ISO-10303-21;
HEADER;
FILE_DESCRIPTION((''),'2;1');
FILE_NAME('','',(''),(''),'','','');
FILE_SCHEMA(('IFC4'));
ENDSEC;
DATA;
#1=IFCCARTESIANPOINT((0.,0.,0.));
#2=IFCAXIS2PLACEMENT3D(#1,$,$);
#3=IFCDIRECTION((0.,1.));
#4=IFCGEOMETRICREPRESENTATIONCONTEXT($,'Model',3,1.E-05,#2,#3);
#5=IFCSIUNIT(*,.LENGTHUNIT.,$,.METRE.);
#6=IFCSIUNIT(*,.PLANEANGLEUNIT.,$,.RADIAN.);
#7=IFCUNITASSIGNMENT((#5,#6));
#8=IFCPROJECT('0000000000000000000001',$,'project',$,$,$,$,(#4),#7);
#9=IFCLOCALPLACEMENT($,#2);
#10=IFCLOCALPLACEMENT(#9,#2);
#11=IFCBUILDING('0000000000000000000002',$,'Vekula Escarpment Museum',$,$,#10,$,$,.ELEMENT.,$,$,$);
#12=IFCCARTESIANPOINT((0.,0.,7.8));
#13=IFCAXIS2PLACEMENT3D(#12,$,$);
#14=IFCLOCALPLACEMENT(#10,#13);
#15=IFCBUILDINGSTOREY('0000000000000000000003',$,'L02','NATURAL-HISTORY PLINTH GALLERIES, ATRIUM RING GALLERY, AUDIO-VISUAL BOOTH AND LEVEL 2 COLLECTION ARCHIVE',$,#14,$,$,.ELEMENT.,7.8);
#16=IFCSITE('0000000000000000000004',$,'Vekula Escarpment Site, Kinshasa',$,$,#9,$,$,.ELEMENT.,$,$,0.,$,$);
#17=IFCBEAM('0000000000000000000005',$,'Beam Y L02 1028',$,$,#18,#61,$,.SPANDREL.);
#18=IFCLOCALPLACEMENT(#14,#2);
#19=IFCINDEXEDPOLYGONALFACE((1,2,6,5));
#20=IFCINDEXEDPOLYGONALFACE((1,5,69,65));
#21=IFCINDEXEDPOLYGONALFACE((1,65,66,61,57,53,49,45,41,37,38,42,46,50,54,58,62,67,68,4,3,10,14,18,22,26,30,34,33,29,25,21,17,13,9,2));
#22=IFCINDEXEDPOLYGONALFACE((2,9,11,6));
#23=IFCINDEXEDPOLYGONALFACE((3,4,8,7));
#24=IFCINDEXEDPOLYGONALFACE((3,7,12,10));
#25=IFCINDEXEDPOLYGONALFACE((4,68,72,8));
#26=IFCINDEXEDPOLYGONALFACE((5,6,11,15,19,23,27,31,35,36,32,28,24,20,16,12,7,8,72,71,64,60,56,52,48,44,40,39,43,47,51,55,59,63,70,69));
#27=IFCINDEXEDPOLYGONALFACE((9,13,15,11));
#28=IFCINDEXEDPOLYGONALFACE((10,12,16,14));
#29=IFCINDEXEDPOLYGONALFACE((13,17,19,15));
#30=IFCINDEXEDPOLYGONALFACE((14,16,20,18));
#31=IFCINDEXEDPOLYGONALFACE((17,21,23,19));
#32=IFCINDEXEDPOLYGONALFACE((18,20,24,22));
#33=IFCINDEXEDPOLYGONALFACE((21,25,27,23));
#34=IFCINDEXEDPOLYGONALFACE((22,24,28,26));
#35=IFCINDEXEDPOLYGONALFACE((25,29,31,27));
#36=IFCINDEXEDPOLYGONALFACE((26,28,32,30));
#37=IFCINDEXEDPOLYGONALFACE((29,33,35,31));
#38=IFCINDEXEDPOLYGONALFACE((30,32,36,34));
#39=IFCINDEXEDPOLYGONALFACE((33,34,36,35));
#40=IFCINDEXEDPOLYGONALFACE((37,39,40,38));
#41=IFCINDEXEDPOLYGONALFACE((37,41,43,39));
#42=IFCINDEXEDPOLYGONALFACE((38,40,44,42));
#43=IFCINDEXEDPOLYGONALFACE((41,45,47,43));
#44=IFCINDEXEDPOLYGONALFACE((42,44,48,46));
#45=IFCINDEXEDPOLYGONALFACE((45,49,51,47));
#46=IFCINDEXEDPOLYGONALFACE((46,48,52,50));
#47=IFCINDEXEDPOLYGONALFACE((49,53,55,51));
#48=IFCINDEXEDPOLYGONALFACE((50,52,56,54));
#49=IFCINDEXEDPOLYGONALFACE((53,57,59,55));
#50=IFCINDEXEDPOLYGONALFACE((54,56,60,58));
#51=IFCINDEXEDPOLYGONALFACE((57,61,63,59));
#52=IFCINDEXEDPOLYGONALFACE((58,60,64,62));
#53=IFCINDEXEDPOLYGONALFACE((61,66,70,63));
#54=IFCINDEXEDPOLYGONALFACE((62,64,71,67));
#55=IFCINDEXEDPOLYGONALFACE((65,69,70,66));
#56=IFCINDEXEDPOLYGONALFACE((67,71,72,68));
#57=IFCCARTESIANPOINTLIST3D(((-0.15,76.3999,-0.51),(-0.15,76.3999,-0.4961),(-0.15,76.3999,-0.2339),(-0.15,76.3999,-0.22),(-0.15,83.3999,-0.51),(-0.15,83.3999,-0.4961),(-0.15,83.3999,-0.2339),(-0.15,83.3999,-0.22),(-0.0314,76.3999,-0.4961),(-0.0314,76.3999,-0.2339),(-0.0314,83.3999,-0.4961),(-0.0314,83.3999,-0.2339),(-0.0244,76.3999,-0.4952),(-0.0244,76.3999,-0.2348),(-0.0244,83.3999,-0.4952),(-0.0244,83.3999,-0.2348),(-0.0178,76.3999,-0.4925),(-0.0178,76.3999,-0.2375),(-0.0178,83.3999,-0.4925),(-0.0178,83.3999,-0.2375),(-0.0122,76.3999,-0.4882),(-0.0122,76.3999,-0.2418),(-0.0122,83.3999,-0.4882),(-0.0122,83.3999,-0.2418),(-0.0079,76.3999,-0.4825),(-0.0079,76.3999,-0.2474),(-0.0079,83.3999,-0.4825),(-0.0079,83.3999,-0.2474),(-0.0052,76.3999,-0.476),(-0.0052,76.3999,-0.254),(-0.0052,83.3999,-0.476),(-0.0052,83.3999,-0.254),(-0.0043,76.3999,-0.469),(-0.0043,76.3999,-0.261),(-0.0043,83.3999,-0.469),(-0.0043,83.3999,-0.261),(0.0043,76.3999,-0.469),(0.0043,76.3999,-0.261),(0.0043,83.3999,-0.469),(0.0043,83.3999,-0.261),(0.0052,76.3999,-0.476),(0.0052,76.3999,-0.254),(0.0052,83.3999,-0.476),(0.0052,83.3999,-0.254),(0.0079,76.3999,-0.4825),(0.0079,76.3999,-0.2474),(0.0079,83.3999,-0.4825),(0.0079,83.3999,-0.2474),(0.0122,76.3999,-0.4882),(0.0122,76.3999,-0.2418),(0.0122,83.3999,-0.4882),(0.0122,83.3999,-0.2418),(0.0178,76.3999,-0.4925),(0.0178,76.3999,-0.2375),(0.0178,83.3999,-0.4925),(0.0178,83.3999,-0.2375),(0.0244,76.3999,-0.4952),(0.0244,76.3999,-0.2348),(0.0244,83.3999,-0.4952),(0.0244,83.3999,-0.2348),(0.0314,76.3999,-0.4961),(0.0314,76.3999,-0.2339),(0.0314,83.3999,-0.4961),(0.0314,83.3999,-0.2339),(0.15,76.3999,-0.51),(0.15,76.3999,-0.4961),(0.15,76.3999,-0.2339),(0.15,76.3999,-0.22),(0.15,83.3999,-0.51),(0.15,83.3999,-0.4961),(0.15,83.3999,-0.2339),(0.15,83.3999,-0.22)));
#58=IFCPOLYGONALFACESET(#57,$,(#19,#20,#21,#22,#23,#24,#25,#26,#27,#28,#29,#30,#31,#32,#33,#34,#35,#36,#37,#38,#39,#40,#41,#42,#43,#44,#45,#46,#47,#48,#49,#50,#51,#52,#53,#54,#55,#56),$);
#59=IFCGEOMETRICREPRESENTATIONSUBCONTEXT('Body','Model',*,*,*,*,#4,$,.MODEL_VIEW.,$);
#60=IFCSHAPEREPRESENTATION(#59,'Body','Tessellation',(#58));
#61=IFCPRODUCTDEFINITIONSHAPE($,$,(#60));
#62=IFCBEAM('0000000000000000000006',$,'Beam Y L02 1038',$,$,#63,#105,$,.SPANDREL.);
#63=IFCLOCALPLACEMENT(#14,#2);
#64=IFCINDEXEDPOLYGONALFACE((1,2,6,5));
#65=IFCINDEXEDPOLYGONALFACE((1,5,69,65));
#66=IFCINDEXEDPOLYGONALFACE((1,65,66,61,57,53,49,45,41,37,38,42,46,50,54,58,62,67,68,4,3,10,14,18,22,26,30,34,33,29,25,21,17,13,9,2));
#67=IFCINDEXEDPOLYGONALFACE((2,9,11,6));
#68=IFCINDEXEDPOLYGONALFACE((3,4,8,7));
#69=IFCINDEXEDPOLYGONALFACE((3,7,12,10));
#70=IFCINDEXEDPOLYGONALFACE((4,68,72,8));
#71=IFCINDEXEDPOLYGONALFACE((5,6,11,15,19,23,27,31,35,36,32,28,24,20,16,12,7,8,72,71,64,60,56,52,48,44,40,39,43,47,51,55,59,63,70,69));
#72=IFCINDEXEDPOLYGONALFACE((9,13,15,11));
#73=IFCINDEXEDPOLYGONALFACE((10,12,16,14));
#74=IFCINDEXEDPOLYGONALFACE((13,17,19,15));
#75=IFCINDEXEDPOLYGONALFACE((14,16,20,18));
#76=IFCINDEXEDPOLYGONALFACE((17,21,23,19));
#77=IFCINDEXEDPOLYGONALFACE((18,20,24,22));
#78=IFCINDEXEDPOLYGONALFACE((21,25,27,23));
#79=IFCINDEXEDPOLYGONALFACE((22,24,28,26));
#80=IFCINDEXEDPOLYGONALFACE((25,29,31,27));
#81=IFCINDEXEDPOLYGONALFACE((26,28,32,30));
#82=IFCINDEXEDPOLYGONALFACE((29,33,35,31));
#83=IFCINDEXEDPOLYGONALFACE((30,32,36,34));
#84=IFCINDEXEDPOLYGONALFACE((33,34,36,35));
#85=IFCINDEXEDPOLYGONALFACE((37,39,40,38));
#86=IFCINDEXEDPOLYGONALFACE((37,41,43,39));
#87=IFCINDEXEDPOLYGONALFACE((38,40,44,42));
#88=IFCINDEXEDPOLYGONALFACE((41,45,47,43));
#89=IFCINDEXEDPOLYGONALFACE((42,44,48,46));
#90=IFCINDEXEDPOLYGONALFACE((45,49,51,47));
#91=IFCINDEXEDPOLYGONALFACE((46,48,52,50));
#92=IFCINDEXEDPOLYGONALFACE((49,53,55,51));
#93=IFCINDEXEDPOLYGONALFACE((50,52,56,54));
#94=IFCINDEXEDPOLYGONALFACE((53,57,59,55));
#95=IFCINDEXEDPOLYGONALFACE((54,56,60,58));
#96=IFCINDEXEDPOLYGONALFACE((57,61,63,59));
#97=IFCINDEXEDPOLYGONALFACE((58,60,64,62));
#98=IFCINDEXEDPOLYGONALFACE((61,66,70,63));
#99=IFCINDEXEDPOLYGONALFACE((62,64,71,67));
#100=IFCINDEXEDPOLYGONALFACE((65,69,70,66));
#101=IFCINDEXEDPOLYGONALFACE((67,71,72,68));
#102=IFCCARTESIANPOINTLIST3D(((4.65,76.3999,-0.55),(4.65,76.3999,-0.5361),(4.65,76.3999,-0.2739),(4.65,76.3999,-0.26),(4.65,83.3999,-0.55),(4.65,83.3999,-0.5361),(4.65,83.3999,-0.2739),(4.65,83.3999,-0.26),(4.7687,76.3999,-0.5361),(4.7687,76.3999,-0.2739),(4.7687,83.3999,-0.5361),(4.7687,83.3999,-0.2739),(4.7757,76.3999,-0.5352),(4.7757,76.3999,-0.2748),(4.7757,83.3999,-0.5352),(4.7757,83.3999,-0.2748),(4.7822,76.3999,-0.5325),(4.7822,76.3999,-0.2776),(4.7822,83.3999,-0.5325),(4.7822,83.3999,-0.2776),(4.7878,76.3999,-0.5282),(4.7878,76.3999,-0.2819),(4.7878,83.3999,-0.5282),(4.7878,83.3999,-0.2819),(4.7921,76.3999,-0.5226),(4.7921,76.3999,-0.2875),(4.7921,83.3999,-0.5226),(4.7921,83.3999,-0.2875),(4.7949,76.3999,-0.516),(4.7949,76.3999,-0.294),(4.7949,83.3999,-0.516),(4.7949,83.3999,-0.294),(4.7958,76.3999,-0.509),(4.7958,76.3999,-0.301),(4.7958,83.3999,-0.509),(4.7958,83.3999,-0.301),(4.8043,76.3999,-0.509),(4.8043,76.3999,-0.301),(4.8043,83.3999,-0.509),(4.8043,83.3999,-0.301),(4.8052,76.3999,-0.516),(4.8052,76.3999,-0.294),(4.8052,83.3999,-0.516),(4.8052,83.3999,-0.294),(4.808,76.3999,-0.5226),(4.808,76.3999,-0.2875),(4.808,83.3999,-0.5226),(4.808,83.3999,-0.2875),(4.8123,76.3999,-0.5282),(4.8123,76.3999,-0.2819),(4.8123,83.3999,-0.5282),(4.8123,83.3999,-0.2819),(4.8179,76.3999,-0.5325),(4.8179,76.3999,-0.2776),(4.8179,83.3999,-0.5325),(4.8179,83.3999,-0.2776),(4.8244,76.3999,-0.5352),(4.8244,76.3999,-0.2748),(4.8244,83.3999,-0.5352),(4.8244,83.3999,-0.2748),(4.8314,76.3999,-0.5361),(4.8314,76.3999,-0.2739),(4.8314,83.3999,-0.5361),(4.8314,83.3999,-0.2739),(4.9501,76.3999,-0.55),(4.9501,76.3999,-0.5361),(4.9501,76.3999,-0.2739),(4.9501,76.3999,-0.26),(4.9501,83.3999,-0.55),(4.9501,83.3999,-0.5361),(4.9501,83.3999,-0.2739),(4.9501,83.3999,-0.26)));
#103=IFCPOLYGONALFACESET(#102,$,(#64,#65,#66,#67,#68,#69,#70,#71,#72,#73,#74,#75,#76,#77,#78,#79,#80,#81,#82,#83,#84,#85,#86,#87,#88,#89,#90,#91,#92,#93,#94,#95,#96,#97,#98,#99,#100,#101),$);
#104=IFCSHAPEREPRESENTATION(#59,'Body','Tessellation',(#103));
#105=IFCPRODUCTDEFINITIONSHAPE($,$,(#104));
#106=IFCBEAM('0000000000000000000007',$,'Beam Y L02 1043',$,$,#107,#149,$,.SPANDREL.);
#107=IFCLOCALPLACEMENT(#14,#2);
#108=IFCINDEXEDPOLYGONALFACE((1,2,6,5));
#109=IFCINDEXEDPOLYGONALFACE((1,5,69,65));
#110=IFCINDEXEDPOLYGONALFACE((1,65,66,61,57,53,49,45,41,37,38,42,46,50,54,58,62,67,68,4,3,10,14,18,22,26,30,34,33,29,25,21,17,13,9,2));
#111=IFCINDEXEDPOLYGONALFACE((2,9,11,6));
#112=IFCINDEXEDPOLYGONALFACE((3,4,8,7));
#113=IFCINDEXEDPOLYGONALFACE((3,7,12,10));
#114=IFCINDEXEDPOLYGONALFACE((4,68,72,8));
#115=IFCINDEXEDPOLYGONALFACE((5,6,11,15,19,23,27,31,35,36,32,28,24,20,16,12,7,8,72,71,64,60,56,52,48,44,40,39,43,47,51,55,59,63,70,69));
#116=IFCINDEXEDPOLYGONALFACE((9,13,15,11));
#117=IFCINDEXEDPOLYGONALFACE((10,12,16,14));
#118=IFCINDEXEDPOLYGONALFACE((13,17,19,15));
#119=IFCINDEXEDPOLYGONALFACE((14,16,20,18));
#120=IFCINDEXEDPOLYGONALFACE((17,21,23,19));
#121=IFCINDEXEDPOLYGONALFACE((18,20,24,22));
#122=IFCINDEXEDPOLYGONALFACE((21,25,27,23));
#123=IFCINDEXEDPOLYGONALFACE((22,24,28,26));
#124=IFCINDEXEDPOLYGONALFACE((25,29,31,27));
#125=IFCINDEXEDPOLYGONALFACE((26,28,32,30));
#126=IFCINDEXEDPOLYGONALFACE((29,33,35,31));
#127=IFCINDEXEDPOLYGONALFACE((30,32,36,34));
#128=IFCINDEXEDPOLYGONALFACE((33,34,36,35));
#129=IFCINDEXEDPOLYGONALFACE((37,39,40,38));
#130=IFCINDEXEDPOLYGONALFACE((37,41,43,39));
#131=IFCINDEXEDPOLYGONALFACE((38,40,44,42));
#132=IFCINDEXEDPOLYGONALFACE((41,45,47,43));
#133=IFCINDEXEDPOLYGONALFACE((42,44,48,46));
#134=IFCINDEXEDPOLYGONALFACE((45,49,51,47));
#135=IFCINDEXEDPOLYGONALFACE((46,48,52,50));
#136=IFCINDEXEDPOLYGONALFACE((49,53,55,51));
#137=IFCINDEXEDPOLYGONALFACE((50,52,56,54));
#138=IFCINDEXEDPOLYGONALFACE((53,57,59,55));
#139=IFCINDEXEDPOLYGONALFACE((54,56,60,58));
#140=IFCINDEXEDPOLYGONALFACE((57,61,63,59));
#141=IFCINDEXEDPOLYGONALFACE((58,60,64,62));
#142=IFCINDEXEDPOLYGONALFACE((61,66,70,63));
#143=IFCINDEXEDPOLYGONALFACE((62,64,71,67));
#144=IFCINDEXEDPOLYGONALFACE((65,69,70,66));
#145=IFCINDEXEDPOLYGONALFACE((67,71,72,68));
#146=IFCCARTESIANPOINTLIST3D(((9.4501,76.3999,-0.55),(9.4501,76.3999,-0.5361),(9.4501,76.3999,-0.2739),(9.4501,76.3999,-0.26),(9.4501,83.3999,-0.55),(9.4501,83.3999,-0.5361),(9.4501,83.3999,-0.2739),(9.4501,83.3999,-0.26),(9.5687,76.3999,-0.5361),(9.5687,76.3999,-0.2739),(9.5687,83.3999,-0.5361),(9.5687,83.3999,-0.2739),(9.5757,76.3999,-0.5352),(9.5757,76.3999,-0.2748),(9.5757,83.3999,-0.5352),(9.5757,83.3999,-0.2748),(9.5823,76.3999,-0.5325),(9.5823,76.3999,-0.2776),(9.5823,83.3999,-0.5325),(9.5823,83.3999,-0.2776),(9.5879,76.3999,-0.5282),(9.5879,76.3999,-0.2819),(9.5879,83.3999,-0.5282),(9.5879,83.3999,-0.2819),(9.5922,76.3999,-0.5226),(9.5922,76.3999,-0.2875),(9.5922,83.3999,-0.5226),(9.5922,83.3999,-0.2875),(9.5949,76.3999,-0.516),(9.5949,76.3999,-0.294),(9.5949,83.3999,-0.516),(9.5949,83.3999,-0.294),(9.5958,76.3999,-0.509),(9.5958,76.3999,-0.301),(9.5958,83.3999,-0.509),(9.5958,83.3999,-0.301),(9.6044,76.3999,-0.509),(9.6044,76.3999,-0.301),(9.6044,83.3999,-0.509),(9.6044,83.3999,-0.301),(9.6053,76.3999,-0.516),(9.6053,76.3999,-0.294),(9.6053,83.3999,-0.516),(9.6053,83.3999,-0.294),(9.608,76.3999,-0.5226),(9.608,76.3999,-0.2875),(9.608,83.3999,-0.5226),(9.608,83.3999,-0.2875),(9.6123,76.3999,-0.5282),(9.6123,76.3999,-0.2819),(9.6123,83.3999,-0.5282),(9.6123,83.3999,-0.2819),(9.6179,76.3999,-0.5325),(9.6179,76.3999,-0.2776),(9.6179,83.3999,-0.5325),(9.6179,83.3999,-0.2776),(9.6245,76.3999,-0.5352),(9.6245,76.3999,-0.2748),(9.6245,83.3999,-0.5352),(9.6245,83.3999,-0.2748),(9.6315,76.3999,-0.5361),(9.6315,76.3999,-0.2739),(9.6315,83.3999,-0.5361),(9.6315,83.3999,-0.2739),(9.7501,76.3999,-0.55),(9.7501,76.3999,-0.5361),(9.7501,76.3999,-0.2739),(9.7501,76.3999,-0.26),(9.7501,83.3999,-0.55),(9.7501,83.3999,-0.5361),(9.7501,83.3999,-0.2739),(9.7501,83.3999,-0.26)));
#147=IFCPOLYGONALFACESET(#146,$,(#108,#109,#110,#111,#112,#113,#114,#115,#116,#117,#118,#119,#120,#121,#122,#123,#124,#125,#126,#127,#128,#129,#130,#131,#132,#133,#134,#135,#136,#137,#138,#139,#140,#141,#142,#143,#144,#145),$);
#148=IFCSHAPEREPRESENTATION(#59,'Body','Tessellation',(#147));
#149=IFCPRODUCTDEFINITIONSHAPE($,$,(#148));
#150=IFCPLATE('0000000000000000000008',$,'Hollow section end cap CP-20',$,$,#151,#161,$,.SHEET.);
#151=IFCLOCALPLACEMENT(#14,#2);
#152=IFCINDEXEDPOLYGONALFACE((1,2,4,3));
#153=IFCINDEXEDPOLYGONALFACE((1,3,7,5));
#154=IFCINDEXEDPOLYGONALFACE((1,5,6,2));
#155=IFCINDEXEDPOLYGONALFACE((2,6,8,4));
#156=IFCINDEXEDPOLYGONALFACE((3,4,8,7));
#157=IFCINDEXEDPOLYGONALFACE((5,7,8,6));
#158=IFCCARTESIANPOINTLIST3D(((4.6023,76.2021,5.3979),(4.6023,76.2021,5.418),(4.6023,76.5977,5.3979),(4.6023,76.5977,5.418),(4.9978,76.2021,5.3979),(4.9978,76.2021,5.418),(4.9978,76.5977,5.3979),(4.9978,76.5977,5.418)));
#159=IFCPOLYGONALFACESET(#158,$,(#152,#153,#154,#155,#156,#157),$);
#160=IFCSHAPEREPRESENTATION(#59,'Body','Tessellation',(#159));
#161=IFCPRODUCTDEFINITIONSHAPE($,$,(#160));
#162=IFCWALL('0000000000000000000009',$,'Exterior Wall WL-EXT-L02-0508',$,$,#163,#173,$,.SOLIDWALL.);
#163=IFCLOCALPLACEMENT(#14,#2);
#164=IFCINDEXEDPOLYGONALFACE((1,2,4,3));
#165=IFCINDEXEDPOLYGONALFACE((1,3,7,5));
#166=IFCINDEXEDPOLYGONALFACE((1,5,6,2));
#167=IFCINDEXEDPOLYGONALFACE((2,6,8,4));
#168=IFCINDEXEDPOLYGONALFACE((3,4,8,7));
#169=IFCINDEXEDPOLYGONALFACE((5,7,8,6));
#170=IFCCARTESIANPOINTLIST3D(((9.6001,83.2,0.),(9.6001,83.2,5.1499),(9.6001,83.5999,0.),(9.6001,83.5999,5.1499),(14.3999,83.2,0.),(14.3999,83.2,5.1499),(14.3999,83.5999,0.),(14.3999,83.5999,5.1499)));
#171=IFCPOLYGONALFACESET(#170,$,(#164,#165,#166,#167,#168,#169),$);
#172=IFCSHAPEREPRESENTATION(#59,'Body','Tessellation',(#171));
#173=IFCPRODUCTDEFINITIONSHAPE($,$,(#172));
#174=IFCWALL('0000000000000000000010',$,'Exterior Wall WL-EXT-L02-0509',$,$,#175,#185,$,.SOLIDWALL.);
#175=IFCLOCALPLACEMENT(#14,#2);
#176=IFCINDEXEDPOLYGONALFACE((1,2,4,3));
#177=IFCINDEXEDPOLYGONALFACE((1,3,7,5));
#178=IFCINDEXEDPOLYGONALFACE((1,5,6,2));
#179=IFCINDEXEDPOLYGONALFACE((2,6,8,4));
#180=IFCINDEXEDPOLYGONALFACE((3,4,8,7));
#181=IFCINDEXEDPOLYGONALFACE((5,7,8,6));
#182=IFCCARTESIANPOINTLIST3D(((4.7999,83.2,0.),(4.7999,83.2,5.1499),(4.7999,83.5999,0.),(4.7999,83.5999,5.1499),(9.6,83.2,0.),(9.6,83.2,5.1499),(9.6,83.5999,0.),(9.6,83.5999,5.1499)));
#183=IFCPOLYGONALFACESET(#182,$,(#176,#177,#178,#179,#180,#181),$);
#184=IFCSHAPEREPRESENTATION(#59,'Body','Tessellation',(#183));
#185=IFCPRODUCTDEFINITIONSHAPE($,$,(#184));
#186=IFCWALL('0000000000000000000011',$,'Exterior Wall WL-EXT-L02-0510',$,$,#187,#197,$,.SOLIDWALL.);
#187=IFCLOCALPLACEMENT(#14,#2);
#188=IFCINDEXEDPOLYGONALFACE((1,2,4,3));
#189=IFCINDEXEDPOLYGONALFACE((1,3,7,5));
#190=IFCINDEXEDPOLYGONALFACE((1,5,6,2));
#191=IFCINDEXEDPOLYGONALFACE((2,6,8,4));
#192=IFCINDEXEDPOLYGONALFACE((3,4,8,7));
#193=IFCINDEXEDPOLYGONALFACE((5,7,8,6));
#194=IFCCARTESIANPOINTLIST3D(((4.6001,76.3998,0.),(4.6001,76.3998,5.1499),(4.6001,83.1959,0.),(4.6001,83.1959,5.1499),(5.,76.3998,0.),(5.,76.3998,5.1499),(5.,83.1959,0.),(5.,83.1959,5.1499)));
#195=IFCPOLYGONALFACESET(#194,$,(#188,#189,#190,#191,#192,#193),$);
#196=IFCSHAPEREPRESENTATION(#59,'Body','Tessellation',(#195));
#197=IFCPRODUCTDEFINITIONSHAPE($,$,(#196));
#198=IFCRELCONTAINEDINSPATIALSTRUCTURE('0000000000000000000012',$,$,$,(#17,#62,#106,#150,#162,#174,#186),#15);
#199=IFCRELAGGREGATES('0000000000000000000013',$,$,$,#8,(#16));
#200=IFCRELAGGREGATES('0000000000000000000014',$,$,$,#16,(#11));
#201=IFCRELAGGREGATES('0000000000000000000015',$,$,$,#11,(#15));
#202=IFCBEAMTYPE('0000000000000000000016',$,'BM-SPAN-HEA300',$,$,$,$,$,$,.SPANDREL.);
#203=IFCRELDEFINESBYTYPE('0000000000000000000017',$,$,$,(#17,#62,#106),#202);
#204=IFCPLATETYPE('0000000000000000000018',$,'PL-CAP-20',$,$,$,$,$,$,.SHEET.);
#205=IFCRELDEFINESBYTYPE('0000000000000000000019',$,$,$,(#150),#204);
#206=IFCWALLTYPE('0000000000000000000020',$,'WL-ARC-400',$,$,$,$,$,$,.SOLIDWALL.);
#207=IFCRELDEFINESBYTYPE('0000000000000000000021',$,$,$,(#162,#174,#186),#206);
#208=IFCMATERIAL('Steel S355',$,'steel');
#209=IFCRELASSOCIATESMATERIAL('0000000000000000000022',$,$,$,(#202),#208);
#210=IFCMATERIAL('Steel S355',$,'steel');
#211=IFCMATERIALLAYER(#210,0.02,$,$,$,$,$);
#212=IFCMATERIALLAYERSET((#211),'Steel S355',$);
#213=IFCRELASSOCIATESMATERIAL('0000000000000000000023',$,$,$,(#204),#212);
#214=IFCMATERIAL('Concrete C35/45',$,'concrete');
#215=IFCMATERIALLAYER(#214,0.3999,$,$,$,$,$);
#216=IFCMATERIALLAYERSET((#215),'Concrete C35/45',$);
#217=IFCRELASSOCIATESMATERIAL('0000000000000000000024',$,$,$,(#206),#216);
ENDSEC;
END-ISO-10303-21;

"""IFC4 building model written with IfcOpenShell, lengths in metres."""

from ifc_helpers import new_model, si_unit, direction, frame, frame_2d, origin, origin_2d, place, context, subcontext, project, spatial, rectangle, i_section, extrude, material, layer, layer_set, material_profile, profile_set, type_object, element, save


model = new_model("IFC4")

# Units and contexts
model_context = context("Model", 3, precision=1e-05, world=origin(), true_north=direction((0.0, 1.0)))
body_context = subcontext(model_context, "Body", "Model", "MODEL_VIEW")
ifc_project = project(units=[si_unit("LENGTHUNIT", "METRE"), si_unit("PLANEANGLEUNIT", "RADIAN")], contexts=[model_context])

# Site, building, storey
site_placement = place(None, origin())
site = spatial("IfcSite", under=ifc_project, at=site_placement, Name="Vekula Escarpment Site, Kinshasa", CompositionType="ELEMENT", RefElevation=0.0)
building_placement = place(site_placement, origin())
building = spatial("IfcBuilding", under=site, at=building_placement, Name="Vekula Escarpment Museum", CompositionType="ELEMENT")
storey_placement = place(building_placement, frame((0.0, 0.0, 7.8)))
storey = spatial("IfcBuildingStorey", under=building, at=storey_placement, Name="L02", Description="NATURAL-HISTORY PLINTH GALLERIES, ATRIUM RING GALLERY, AUDIO-VISUAL BOOTH AND LEVEL 2 COLLECTION ARCHIVE", CompositionType="ELEMENT", Elevation=7.8)

# Beams
ifc_material_1 = material(Name="Steel S355", Category="steel")
ifc_material_profile_1 = material_profile(ifc_material_1, i_section(OverallWidth=0.3, OverallDepth=0.29, WebThickness=0.0085, FlangeThickness=0.0139, FilletRadius=0.0271, at=origin_2d()), Name="HEA 300")
ifc_profile_set_1 = profile_set([ifc_material_profile_1], Name="Steel S355")
beam_type_1 = type_object("IfcBeamType", Name="BM-SPAN-HEA300", PredefinedType="SPANDREL", material=ifc_profile_set_1)
for number, where, z_axis, x_axis, name in (
    (1, (0.0, 76.3999, -0.365), (0.0, 1.0, 0.0), (-1.0, 0.0, 0.0), "Beam Y L02 1028"),
    (2, (4.8, 76.3999, -0.405), (0.0, 1.0, 0.0), (-1.0, 0.0, 0.0), "Beam Y L02 1038"),
    (3, (9.6001, 76.3999, -0.405), (0.0, 1.0, 0.0), (-1.0, 0.0, 0.0), "Beam Y L02 1043"),
):
    element("IfcBeam", number, at=place(storey_placement, frame(where, z_axis=z_axis, x_axis=x_axis)), inside=storey, type_object=beam_type_1, Name=name, PredefinedType="SPANDREL", context=body_context, shape_type="SweptSolid", body=[
        extrude(i_section(OverallWidth=0.3, OverallDepth=0.29, WebThickness=0.0085, FlangeThickness=0.0139, FilletRadius=0.0271, at=origin_2d()), origin(), (0.0, 0.0, 1.0), 7.0),
    ])

# Plate
ifc_material_2 = material(Name="Steel S355", Category="steel")
ifc_layer_1 = layer(ifc_material_2, 0.02)
ifc_layer_set_1 = layer_set([ifc_layer_1], Name="Steel S355")
plate_type = type_object("IfcPlateType", Name="PL-CAP-20", PredefinedType="SHEET", material=ifc_layer_set_1)
plate_placement = place(storey_placement, frame((4.8, 76.3999, 5.3979), z_axis=(0.0, 0.0, 1.0), x_axis=(1.0, 0.0, 0.0)))
element("IfcPlate", 4, at=plate_placement, inside=storey, type_object=plate_type, Name="Hollow section end cap CP-20", PredefinedType="SHEET", context=body_context, shape_type="SweptSolid", body=[
    extrude(rectangle(XDim=0.3955, YDim=0.3955, at=origin_2d()), origin(), (0.0, 0.0, 1.0), 0.02),
])

# Walls
ifc_material_3 = material(Name="Concrete C35/45", Category="concrete")
ifc_layer_2 = layer(ifc_material_3, 0.3999)
ifc_layer_set_2 = layer_set([ifc_layer_2], Name="Concrete C35/45")
wall_type = type_object("IfcWallType", Name="WL-ARC-400", PredefinedType="SOLIDWALL", material=ifc_layer_set_2)
wall_1_placement = place(storey_placement, frame((9.6001, 83.3999, 0.0), z_axis=(0.0, 0.0, 1.0), x_axis=(1.0, 0.0, 0.0)))
element("IfcWall", 5, at=wall_1_placement, inside=storey, type_object=wall_type, Name="Exterior Wall WL-EXT-L02-0508", PredefinedType="SOLIDWALL", context=body_context, shape_type="SweptSolid", body=[
    extrude(rectangle(XDim=4.7998, YDim=0.3999, at=frame_2d((2.3999, 0.0))), origin(), (0.0, 0.0, 1.0), 5.1499),
])
wall_2_placement = place(storey_placement, frame((4.8, 83.3999, 0.0), z_axis=(0.0, 0.0, 1.0), x_axis=(1.0, 0.0, 0.0)))
element("IfcWall", 6, at=wall_2_placement, inside=storey, type_object=wall_type, Name="Exterior Wall WL-EXT-L02-0509", PredefinedType="SOLIDWALL", context=body_context, shape_type="SweptSolid", body=[
    extrude(rectangle(XDim=4.8, YDim=0.3999, at=frame_2d((2.3999, 0.0))), origin(), (0.0, 0.0, 1.0), 5.1499),
])
wall_3_placement = place(storey_placement, frame((4.8, 76.3999, 0.0), z_axis=(0.0, 0.0, 1.0), x_axis=(0.0, 1.0, 0.0)))
element("IfcWall", 7, at=wall_3_placement, inside=storey, type_object=wall_type, Name="Exterior Wall WL-EXT-L02-0510", PredefinedType="SOLIDWALL", context=body_context, shape_type="SweptSolid", body=[
    extrude(rectangle(XDim=6.7961, YDim=0.3999, at=frame_2d((3.3979, 0.0))), origin(), (0.0, 0.0, 1.0), 5.1499),
])

save(model, "model.ifc")
